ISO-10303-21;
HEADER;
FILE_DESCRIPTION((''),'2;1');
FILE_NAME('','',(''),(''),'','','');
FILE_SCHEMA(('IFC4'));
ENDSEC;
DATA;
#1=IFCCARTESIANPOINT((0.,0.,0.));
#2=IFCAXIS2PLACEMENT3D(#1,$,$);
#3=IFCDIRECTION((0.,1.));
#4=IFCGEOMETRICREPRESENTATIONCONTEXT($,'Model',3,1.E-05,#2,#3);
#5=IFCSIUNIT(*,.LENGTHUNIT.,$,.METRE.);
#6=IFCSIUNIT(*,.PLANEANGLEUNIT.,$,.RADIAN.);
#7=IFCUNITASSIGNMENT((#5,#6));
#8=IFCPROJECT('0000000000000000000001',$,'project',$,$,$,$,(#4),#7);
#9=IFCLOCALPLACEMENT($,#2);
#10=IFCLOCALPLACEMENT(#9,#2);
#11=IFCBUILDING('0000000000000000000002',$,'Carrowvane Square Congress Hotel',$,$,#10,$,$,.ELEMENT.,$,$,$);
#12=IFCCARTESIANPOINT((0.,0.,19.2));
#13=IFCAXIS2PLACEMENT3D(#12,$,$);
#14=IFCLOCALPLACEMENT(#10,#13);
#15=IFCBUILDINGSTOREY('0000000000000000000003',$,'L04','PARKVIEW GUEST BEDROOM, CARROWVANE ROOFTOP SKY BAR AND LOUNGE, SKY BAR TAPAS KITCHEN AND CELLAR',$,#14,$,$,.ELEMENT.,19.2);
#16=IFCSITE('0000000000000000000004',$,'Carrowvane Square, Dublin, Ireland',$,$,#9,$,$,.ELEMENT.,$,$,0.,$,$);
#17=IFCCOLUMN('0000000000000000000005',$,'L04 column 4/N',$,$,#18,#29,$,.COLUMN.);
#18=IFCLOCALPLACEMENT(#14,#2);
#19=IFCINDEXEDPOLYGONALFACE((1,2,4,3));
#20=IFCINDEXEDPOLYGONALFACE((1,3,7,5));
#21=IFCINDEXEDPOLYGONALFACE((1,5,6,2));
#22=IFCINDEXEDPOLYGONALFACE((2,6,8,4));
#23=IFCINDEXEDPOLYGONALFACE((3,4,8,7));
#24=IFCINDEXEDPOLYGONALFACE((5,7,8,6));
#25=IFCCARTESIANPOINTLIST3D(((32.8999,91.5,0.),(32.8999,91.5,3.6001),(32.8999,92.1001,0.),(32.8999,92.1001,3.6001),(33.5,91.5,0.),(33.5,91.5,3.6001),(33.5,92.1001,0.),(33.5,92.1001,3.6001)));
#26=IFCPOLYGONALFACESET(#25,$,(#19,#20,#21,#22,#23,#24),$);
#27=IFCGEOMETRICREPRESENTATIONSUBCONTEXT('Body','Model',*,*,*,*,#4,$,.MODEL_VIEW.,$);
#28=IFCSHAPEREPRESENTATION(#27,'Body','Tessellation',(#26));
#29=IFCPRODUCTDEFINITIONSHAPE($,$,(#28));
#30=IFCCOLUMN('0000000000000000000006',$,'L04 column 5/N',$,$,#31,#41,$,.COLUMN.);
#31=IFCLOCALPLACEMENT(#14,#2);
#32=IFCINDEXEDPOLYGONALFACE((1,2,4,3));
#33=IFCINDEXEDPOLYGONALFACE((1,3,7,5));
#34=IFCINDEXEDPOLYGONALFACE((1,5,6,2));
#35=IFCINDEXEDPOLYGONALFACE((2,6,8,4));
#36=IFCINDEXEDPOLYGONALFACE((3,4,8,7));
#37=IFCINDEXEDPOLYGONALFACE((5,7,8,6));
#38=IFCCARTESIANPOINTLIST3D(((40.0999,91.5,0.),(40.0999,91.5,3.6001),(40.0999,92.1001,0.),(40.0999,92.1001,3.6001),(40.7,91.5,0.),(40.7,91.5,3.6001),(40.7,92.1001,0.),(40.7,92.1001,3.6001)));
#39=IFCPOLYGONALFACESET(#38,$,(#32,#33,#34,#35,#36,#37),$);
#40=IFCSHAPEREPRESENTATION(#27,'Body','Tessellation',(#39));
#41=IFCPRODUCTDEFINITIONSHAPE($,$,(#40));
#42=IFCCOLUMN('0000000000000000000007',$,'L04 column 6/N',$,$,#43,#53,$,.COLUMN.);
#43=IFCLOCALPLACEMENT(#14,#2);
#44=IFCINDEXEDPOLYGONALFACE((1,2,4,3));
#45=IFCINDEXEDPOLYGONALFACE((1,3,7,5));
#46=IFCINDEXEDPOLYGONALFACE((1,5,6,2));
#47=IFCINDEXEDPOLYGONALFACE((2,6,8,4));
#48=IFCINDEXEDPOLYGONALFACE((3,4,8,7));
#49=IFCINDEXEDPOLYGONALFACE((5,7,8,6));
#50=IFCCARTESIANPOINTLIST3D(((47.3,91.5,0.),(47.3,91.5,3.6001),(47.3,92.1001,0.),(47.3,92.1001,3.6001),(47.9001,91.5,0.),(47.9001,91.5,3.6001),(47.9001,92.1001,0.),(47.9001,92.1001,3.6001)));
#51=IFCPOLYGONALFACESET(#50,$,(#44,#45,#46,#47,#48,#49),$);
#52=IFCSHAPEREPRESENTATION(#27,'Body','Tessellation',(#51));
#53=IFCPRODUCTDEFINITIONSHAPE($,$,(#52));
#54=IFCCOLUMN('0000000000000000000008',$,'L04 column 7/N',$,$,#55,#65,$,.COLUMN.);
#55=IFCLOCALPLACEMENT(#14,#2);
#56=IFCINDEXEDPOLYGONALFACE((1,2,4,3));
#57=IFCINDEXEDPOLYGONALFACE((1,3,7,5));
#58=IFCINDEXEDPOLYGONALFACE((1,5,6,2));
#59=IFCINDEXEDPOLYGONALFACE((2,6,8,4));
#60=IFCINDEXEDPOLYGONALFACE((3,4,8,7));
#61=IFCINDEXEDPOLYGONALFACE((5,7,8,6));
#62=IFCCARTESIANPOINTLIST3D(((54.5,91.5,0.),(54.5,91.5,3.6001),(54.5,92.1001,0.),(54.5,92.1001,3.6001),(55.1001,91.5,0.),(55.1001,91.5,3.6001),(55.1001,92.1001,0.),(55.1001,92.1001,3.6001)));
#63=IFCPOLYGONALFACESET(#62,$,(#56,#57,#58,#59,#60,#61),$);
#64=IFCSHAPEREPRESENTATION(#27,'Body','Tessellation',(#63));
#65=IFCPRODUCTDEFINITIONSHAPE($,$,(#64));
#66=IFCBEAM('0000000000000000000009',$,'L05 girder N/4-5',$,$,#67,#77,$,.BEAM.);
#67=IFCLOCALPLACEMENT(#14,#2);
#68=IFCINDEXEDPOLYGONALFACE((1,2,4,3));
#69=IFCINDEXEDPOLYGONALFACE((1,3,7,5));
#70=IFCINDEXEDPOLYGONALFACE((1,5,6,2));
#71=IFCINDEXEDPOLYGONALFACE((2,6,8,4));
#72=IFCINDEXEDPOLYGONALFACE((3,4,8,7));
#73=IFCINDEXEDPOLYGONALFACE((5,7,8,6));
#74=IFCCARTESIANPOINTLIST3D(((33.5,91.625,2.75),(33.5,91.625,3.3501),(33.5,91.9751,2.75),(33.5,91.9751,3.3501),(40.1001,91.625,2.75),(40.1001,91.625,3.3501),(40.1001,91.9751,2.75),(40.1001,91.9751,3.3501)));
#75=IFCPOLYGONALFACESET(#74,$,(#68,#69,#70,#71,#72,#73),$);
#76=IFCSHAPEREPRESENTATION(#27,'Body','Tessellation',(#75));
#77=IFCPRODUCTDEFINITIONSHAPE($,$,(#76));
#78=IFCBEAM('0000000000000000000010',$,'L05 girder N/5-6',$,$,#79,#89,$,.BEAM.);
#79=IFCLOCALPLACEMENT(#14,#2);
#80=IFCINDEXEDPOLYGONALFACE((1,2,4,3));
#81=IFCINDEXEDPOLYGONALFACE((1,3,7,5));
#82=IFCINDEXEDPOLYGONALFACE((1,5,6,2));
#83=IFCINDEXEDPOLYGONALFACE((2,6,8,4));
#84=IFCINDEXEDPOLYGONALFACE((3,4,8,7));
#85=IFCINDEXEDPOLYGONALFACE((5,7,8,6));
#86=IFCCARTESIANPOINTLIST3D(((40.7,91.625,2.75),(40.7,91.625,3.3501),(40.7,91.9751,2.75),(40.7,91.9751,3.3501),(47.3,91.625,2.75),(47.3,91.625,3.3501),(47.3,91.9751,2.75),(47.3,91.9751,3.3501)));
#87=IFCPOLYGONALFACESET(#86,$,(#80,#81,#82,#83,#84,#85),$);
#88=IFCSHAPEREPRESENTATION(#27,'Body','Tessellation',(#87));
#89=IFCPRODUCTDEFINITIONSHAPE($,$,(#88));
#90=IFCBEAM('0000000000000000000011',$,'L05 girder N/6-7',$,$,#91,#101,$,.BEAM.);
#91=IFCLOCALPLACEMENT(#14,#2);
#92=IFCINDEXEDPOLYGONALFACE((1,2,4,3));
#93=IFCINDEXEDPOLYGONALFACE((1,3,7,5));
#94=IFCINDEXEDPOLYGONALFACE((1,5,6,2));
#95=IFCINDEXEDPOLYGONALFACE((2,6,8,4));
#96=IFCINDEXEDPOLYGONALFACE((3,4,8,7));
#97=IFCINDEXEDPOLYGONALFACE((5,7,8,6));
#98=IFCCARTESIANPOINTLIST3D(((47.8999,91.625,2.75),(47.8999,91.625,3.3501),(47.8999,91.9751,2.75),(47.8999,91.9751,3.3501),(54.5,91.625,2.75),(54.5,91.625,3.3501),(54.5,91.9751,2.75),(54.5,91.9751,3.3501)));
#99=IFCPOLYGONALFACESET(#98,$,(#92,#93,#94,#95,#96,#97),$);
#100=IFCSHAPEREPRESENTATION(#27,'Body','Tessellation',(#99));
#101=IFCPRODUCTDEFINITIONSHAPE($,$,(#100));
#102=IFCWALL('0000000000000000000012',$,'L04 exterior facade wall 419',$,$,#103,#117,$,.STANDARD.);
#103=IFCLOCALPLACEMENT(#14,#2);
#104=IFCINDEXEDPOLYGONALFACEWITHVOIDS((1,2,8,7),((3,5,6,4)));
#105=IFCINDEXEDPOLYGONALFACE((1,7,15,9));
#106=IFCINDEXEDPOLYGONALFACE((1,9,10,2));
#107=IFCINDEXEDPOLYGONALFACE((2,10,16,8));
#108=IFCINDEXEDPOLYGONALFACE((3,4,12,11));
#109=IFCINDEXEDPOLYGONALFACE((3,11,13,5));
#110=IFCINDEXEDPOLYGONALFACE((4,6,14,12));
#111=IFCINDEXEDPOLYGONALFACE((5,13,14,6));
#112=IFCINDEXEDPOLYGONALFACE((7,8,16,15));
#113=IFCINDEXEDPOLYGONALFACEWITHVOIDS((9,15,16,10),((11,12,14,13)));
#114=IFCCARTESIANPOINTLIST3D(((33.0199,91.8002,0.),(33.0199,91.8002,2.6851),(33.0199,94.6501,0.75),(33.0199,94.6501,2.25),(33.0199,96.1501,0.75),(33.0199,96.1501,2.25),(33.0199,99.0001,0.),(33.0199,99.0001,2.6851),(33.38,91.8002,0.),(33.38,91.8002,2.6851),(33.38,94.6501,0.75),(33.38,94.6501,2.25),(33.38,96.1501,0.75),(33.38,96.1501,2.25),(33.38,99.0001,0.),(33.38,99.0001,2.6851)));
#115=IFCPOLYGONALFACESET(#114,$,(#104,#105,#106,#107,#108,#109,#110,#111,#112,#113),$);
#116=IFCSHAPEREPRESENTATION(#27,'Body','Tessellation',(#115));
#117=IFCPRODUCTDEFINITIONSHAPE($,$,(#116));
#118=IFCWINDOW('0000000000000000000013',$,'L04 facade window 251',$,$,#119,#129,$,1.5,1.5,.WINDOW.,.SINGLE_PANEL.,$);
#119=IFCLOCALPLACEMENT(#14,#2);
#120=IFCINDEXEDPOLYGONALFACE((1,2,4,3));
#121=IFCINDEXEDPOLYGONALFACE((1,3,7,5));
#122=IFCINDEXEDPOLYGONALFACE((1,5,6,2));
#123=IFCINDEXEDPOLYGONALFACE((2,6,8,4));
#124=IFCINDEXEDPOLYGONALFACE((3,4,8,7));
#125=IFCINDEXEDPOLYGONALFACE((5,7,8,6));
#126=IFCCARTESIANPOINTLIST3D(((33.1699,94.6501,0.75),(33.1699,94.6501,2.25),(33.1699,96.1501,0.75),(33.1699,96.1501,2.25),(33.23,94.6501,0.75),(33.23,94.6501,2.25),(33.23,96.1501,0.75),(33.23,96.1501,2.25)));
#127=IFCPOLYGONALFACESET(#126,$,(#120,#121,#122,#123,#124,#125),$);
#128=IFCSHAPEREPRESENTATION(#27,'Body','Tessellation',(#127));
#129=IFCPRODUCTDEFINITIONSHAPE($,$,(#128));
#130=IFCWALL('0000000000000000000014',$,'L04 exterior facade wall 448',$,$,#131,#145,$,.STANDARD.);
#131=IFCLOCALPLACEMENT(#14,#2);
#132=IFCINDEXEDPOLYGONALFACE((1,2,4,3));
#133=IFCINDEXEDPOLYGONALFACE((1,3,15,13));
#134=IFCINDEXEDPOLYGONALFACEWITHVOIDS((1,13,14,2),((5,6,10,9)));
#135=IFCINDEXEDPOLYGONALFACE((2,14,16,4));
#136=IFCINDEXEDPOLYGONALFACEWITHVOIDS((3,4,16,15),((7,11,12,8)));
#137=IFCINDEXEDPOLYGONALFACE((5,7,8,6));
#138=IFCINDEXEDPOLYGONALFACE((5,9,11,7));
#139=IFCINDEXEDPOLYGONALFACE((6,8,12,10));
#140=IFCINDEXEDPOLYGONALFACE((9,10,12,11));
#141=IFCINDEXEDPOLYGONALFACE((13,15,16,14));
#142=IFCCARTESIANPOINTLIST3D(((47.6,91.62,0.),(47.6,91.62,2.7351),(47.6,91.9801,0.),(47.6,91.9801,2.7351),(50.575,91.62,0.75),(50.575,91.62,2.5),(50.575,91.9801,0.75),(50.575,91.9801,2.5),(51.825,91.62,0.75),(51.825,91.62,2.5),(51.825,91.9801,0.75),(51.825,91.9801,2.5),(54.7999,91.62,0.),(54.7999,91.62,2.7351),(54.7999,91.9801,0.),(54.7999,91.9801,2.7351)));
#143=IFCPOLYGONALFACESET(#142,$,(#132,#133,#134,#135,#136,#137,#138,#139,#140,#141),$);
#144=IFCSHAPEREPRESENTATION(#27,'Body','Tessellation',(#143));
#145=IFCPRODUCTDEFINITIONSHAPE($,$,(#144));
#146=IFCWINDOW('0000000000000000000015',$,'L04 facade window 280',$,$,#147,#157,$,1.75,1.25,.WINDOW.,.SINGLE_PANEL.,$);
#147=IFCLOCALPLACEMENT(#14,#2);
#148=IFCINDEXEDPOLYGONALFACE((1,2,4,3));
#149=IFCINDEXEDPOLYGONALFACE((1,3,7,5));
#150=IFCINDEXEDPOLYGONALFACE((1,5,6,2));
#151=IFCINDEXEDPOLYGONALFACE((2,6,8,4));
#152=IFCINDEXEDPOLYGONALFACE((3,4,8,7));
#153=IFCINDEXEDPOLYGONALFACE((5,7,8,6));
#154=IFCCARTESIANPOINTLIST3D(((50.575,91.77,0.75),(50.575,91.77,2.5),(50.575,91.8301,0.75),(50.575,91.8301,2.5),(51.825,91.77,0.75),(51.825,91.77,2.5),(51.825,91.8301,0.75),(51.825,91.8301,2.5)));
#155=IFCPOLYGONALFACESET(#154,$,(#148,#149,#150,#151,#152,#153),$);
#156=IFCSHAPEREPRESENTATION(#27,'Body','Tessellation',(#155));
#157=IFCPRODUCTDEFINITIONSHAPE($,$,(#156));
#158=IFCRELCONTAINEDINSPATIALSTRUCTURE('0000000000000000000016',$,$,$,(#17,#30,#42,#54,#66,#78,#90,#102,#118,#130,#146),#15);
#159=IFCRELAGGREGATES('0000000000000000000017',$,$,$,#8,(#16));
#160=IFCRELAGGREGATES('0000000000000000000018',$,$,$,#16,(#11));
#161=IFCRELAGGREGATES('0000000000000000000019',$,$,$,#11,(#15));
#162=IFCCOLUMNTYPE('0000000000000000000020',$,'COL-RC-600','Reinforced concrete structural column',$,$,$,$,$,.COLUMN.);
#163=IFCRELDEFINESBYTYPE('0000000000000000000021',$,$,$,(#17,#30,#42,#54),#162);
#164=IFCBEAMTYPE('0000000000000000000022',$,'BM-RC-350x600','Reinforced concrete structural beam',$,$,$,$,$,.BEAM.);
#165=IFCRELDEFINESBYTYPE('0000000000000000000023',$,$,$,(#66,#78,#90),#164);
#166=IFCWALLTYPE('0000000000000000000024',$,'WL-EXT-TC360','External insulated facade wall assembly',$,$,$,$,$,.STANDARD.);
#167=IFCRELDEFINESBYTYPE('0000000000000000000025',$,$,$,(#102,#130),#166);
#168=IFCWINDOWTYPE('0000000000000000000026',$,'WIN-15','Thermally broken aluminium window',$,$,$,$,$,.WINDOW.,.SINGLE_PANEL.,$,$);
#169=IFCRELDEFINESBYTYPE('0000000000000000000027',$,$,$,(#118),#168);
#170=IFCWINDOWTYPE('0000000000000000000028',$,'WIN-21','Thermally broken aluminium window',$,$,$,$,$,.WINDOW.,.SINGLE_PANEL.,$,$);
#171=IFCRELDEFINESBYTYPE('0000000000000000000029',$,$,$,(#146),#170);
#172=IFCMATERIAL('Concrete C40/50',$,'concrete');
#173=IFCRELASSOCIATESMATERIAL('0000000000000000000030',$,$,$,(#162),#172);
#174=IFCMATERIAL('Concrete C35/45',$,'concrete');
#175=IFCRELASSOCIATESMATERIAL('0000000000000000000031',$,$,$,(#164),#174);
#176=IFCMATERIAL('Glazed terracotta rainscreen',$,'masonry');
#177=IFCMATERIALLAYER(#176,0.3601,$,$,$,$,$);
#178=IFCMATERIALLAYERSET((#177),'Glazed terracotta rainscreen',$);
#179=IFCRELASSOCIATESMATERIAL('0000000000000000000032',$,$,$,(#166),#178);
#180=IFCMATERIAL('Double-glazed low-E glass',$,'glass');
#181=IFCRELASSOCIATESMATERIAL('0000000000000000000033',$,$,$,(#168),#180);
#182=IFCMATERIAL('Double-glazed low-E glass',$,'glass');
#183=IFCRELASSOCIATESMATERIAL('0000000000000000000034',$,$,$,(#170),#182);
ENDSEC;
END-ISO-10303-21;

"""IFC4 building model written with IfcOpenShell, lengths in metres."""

from ifc_helpers import new_model, si_unit, direction, frame, frame_2d, origin, origin_2d, place, context, subcontext, project, spatial, rectangle, extrude, material, layer, layer_set, material_profile, profile_set, type_object, element, fill, save


model = new_model("IFC4")

# Units and contexts
model_context = context("Model", 3, precision=1e-05, world=origin(), true_north=direction((0.0, 1.0)))
body_context = subcontext(model_context, "Body", "Model", "MODEL_VIEW")
ifc_project = project(units=[si_unit("LENGTHUNIT", "METRE"), si_unit("PLANEANGLEUNIT", "RADIAN")], contexts=[model_context])

# Site, building, storey
site_placement = place(None, origin())
site = spatial("IfcSite", under=ifc_project, at=site_placement, Name="Carrowvane Square, Dublin, Ireland", CompositionType="ELEMENT", RefElevation=0.0)
building_placement = place(site_placement, origin())
building = spatial("IfcBuilding", under=site, at=building_placement, Name="Carrowvane Square Congress Hotel", CompositionType="ELEMENT")
storey_placement = place(building_placement, frame((0.0, 0.0, 19.2)))
storey = spatial("IfcBuildingStorey", under=building, at=storey_placement, Name="L04", Description="PARKVIEW GUEST BEDROOM, CARROWVANE ROOFTOP SKY BAR AND LOUNGE, SKY BAR TAPAS KITCHEN AND CELLAR", CompositionType="ELEMENT", Elevation=19.2)

# Columns
ifc_material_1 = material(Name="Concrete C40/50", Category="concrete")
ifc_material_profile_1 = material_profile(ifc_material_1, rectangle(XDim=0.6001, YDim=0.6001, at=origin_2d()), Name="RC 600x600")
ifc_profile_set_1 = profile_set([ifc_material_profile_1], Name="Concrete C40/50")
column_type = type_object("IfcColumnType", Name="COL-RC-600", Description="Reinforced concrete structural column", PredefinedType="COLUMN", material=ifc_profile_set_1)
for number, where, z_axis, x_axis, name in (
    (1, (33.2, 91.8, 0.0), (0.0, 0.0, 1.0), (1.0, 0.0, 0.0), "L04 column 4/N"),
    (2, (40.3999, 91.8, 0.0), (0.0, 0.0, 1.0), (1.0, 0.0, 0.0), "L04 column 5/N"),
    (3, (47.6001, 91.8, 0.0), (0.0, 0.0, 1.0), (1.0, 0.0, 0.0), "L04 column 6/N"),
    (4, (54.8, 91.8, 0.0), (0.0, 0.0, 1.0), (1.0, 0.0, 0.0), "L04 column 7/N"),
):
    element("IfcColumn", number, at=place(storey_placement, frame(where, z_axis=z_axis, x_axis=x_axis)), inside=storey, type_object=column_type, Name=name, PredefinedType="COLUMN", context=body_context, shape_type="SweptSolid", body=[
        extrude(rectangle(XDim=0.6001, YDim=0.6001, at=origin_2d()), origin(), (0.0, 0.0, 1.0), 3.6001),
    ])

# Beams
ifc_material_2 = material(Name="Concrete C35/45", Category="concrete")
ifc_material_profile_2 = material_profile(ifc_material_2, rectangle(XDim=0.3501, YDim=0.6001, at=origin_2d()), Name="RC 350x600")
ifc_profile_set_2 = profile_set([ifc_material_profile_2], Name="Concrete C35/45")
beam_type = type_object("IfcBeamType", Name="BM-RC-350x600", Description="Reinforced concrete structural beam", PredefinedType="BEAM", material=ifc_profile_set_2)
for number, where, z_axis, x_axis, name in (
    (5, (33.5, 91.8, 3.05), (1.0, 0.0, 0.0), (0.0, 1.0, 0.0), "L05 girder N/4-5"),
    (6, (40.7, 91.8, 3.05), (1.0, 0.0, 0.0), (0.0, 1.0, 0.0), "L05 girder N/5-6"),
    (7, (47.8999, 91.8, 3.05), (1.0, 0.0, 0.0), (0.0, 1.0, 0.0), "L05 girder N/6-7"),
):
    element("IfcBeam", number, at=place(storey_placement, frame(where, z_axis=z_axis, x_axis=x_axis)), inside=storey, type_object=beam_type, Name=name, PredefinedType="BEAM", context=body_context, shape_type="SweptSolid", body=[
        extrude(rectangle(XDim=0.3501, YDim=0.6001, at=origin_2d()), origin(), (0.0, 0.0, 1.0), 6.6001),
    ])

# Walls, openings, windows
ifc_material_3 = material(Name="Glazed terracotta rainscreen", Category="masonry")
ifc_layer = layer(ifc_material_3, 0.3601)
ifc_layer_set = layer_set([ifc_layer], Name="Glazed terracotta rainscreen")
wall_type = type_object("IfcWallType", Name="WL-EXT-TC360", Description="External insulated facade wall assembly", PredefinedType="STANDARD", material=ifc_layer_set)
wall_1_placement = place(storey_placement, frame((33.2, 91.8, 0.0), z_axis=(0.0, 0.0, 1.0), x_axis=(0.0, 1.0, 0.0)))
wall_1 = element("IfcWall", 8, at=wall_1_placement, inside=storey, type_object=wall_type, Name="L04 exterior facade wall 419", PredefinedType="STANDARD", context=body_context, shape_type="SweptSolid", body=[
    extrude(rectangle(XDim=7.2, YDim=0.3601, at=frame_2d((3.6001, 0.0))), origin(), (0.0, 0.0, 1.0), 2.6851),
])
opening_1_placement = place(wall_1_placement, frame((2.8501, 0.0, 0.75)))
opening_1 = element("IfcOpeningElement", 9, at=opening_1_placement, cuts=wall_1, PredefinedType="OPENING", context=body_context, shape_type="SweptSolid", body=[
    extrude(rectangle(XDim=1.5, YDim=1.5, at=frame_2d((0.75, 0.75))), frame((0.0, 0.1899, 0.0), z_axis=(0.0, -1.0, 0.0), x_axis=(1.0, 0.0, 0.0)), (0.0, 0.0, 1.0), 0.3801),
])
ifc_material_4 = material(Name="Double-glazed low-E glass", Category="glass")
window_type_1 = type_object("IfcWindowType", Name="WIN-15", Description="Thermally broken aluminium window", PartitioningType="SINGLE_PANEL", PredefinedType="WINDOW", material=ifc_material_4)
window_1_placement = place(opening_1_placement, origin())
window_1 = element("IfcWindow", 10, at=window_1_placement, inside=storey, type_object=window_type_1, Name="L04 facade window 251", OverallHeight=1.5, OverallWidth=1.5, PartitioningType="SINGLE_PANEL", PredefinedType="WINDOW", context=body_context, shape_type="SweptSolid", body=[
    extrude(rectangle(XDim=1.5, YDim=1.5, at=frame_2d((0.75, 0.75))), frame((0.0, 0.03, 0.0), z_axis=(0.0, -1.0, 0.0), x_axis=(1.0, 0.0, 0.0)), (0.0, 0.0, 1.0), 0.0601),
])
fill(opening_1, window_1)
wall_2_placement = place(storey_placement, frame((54.8, 91.8, 0.0), z_axis=(0.0, 0.0, 1.0), x_axis=(-1.0, 0.0, 0.0)))
wall_2 = element("IfcWall", 11, at=wall_2_placement, inside=storey, type_object=wall_type, Name="L04 exterior facade wall 448", PredefinedType="STANDARD", context=body_context, shape_type="SweptSolid", body=[
    extrude(rectangle(XDim=7.2, YDim=0.3601, at=frame_2d((3.6001, 0.0))), origin(), (0.0, 0.0, 1.0), 2.7351),
])
opening_2_placement = place(wall_2_placement, frame((2.9751, 0.0, 0.75)))
opening_2 = element("IfcOpeningElement", 12, at=opening_2_placement, cuts=wall_2, PredefinedType="OPENING", context=body_context, shape_type="SweptSolid", body=[
    extrude(rectangle(XDim=1.25, YDim=1.75, at=frame_2d((0.625, 0.875))), frame((0.0, 0.1899, 0.0), z_axis=(0.0, -1.0, 0.0), x_axis=(1.0, 0.0, 0.0)), (0.0, 0.0, 1.0), 0.3801),
])
ifc_material_5 = material(Name="Double-glazed low-E glass", Category="glass")
window_type_2 = type_object("IfcWindowType", Name="WIN-21", Description="Thermally broken aluminium window", PartitioningType="SINGLE_PANEL", PredefinedType="WINDOW", material=ifc_material_5)
window_2_placement = place(opening_2_placement, origin())
window_2 = element("IfcWindow", 13, at=window_2_placement, inside=storey, type_object=window_type_2, Name="L04 facade window 280", OverallHeight=1.75, OverallWidth=1.25, PartitioningType="SINGLE_PANEL", PredefinedType="WINDOW", context=body_context, shape_type="SweptSolid", body=[
    extrude(rectangle(XDim=1.25, YDim=1.75, at=frame_2d((0.625, 0.875))), frame((0.0, 0.03, 0.0), z_axis=(0.0, -1.0, 0.0), x_axis=(1.0, 0.0, 0.0)), (0.0, 0.0, 1.0), 0.0601),
])
fill(opening_2, window_2)

save(model, "model.ifc")
